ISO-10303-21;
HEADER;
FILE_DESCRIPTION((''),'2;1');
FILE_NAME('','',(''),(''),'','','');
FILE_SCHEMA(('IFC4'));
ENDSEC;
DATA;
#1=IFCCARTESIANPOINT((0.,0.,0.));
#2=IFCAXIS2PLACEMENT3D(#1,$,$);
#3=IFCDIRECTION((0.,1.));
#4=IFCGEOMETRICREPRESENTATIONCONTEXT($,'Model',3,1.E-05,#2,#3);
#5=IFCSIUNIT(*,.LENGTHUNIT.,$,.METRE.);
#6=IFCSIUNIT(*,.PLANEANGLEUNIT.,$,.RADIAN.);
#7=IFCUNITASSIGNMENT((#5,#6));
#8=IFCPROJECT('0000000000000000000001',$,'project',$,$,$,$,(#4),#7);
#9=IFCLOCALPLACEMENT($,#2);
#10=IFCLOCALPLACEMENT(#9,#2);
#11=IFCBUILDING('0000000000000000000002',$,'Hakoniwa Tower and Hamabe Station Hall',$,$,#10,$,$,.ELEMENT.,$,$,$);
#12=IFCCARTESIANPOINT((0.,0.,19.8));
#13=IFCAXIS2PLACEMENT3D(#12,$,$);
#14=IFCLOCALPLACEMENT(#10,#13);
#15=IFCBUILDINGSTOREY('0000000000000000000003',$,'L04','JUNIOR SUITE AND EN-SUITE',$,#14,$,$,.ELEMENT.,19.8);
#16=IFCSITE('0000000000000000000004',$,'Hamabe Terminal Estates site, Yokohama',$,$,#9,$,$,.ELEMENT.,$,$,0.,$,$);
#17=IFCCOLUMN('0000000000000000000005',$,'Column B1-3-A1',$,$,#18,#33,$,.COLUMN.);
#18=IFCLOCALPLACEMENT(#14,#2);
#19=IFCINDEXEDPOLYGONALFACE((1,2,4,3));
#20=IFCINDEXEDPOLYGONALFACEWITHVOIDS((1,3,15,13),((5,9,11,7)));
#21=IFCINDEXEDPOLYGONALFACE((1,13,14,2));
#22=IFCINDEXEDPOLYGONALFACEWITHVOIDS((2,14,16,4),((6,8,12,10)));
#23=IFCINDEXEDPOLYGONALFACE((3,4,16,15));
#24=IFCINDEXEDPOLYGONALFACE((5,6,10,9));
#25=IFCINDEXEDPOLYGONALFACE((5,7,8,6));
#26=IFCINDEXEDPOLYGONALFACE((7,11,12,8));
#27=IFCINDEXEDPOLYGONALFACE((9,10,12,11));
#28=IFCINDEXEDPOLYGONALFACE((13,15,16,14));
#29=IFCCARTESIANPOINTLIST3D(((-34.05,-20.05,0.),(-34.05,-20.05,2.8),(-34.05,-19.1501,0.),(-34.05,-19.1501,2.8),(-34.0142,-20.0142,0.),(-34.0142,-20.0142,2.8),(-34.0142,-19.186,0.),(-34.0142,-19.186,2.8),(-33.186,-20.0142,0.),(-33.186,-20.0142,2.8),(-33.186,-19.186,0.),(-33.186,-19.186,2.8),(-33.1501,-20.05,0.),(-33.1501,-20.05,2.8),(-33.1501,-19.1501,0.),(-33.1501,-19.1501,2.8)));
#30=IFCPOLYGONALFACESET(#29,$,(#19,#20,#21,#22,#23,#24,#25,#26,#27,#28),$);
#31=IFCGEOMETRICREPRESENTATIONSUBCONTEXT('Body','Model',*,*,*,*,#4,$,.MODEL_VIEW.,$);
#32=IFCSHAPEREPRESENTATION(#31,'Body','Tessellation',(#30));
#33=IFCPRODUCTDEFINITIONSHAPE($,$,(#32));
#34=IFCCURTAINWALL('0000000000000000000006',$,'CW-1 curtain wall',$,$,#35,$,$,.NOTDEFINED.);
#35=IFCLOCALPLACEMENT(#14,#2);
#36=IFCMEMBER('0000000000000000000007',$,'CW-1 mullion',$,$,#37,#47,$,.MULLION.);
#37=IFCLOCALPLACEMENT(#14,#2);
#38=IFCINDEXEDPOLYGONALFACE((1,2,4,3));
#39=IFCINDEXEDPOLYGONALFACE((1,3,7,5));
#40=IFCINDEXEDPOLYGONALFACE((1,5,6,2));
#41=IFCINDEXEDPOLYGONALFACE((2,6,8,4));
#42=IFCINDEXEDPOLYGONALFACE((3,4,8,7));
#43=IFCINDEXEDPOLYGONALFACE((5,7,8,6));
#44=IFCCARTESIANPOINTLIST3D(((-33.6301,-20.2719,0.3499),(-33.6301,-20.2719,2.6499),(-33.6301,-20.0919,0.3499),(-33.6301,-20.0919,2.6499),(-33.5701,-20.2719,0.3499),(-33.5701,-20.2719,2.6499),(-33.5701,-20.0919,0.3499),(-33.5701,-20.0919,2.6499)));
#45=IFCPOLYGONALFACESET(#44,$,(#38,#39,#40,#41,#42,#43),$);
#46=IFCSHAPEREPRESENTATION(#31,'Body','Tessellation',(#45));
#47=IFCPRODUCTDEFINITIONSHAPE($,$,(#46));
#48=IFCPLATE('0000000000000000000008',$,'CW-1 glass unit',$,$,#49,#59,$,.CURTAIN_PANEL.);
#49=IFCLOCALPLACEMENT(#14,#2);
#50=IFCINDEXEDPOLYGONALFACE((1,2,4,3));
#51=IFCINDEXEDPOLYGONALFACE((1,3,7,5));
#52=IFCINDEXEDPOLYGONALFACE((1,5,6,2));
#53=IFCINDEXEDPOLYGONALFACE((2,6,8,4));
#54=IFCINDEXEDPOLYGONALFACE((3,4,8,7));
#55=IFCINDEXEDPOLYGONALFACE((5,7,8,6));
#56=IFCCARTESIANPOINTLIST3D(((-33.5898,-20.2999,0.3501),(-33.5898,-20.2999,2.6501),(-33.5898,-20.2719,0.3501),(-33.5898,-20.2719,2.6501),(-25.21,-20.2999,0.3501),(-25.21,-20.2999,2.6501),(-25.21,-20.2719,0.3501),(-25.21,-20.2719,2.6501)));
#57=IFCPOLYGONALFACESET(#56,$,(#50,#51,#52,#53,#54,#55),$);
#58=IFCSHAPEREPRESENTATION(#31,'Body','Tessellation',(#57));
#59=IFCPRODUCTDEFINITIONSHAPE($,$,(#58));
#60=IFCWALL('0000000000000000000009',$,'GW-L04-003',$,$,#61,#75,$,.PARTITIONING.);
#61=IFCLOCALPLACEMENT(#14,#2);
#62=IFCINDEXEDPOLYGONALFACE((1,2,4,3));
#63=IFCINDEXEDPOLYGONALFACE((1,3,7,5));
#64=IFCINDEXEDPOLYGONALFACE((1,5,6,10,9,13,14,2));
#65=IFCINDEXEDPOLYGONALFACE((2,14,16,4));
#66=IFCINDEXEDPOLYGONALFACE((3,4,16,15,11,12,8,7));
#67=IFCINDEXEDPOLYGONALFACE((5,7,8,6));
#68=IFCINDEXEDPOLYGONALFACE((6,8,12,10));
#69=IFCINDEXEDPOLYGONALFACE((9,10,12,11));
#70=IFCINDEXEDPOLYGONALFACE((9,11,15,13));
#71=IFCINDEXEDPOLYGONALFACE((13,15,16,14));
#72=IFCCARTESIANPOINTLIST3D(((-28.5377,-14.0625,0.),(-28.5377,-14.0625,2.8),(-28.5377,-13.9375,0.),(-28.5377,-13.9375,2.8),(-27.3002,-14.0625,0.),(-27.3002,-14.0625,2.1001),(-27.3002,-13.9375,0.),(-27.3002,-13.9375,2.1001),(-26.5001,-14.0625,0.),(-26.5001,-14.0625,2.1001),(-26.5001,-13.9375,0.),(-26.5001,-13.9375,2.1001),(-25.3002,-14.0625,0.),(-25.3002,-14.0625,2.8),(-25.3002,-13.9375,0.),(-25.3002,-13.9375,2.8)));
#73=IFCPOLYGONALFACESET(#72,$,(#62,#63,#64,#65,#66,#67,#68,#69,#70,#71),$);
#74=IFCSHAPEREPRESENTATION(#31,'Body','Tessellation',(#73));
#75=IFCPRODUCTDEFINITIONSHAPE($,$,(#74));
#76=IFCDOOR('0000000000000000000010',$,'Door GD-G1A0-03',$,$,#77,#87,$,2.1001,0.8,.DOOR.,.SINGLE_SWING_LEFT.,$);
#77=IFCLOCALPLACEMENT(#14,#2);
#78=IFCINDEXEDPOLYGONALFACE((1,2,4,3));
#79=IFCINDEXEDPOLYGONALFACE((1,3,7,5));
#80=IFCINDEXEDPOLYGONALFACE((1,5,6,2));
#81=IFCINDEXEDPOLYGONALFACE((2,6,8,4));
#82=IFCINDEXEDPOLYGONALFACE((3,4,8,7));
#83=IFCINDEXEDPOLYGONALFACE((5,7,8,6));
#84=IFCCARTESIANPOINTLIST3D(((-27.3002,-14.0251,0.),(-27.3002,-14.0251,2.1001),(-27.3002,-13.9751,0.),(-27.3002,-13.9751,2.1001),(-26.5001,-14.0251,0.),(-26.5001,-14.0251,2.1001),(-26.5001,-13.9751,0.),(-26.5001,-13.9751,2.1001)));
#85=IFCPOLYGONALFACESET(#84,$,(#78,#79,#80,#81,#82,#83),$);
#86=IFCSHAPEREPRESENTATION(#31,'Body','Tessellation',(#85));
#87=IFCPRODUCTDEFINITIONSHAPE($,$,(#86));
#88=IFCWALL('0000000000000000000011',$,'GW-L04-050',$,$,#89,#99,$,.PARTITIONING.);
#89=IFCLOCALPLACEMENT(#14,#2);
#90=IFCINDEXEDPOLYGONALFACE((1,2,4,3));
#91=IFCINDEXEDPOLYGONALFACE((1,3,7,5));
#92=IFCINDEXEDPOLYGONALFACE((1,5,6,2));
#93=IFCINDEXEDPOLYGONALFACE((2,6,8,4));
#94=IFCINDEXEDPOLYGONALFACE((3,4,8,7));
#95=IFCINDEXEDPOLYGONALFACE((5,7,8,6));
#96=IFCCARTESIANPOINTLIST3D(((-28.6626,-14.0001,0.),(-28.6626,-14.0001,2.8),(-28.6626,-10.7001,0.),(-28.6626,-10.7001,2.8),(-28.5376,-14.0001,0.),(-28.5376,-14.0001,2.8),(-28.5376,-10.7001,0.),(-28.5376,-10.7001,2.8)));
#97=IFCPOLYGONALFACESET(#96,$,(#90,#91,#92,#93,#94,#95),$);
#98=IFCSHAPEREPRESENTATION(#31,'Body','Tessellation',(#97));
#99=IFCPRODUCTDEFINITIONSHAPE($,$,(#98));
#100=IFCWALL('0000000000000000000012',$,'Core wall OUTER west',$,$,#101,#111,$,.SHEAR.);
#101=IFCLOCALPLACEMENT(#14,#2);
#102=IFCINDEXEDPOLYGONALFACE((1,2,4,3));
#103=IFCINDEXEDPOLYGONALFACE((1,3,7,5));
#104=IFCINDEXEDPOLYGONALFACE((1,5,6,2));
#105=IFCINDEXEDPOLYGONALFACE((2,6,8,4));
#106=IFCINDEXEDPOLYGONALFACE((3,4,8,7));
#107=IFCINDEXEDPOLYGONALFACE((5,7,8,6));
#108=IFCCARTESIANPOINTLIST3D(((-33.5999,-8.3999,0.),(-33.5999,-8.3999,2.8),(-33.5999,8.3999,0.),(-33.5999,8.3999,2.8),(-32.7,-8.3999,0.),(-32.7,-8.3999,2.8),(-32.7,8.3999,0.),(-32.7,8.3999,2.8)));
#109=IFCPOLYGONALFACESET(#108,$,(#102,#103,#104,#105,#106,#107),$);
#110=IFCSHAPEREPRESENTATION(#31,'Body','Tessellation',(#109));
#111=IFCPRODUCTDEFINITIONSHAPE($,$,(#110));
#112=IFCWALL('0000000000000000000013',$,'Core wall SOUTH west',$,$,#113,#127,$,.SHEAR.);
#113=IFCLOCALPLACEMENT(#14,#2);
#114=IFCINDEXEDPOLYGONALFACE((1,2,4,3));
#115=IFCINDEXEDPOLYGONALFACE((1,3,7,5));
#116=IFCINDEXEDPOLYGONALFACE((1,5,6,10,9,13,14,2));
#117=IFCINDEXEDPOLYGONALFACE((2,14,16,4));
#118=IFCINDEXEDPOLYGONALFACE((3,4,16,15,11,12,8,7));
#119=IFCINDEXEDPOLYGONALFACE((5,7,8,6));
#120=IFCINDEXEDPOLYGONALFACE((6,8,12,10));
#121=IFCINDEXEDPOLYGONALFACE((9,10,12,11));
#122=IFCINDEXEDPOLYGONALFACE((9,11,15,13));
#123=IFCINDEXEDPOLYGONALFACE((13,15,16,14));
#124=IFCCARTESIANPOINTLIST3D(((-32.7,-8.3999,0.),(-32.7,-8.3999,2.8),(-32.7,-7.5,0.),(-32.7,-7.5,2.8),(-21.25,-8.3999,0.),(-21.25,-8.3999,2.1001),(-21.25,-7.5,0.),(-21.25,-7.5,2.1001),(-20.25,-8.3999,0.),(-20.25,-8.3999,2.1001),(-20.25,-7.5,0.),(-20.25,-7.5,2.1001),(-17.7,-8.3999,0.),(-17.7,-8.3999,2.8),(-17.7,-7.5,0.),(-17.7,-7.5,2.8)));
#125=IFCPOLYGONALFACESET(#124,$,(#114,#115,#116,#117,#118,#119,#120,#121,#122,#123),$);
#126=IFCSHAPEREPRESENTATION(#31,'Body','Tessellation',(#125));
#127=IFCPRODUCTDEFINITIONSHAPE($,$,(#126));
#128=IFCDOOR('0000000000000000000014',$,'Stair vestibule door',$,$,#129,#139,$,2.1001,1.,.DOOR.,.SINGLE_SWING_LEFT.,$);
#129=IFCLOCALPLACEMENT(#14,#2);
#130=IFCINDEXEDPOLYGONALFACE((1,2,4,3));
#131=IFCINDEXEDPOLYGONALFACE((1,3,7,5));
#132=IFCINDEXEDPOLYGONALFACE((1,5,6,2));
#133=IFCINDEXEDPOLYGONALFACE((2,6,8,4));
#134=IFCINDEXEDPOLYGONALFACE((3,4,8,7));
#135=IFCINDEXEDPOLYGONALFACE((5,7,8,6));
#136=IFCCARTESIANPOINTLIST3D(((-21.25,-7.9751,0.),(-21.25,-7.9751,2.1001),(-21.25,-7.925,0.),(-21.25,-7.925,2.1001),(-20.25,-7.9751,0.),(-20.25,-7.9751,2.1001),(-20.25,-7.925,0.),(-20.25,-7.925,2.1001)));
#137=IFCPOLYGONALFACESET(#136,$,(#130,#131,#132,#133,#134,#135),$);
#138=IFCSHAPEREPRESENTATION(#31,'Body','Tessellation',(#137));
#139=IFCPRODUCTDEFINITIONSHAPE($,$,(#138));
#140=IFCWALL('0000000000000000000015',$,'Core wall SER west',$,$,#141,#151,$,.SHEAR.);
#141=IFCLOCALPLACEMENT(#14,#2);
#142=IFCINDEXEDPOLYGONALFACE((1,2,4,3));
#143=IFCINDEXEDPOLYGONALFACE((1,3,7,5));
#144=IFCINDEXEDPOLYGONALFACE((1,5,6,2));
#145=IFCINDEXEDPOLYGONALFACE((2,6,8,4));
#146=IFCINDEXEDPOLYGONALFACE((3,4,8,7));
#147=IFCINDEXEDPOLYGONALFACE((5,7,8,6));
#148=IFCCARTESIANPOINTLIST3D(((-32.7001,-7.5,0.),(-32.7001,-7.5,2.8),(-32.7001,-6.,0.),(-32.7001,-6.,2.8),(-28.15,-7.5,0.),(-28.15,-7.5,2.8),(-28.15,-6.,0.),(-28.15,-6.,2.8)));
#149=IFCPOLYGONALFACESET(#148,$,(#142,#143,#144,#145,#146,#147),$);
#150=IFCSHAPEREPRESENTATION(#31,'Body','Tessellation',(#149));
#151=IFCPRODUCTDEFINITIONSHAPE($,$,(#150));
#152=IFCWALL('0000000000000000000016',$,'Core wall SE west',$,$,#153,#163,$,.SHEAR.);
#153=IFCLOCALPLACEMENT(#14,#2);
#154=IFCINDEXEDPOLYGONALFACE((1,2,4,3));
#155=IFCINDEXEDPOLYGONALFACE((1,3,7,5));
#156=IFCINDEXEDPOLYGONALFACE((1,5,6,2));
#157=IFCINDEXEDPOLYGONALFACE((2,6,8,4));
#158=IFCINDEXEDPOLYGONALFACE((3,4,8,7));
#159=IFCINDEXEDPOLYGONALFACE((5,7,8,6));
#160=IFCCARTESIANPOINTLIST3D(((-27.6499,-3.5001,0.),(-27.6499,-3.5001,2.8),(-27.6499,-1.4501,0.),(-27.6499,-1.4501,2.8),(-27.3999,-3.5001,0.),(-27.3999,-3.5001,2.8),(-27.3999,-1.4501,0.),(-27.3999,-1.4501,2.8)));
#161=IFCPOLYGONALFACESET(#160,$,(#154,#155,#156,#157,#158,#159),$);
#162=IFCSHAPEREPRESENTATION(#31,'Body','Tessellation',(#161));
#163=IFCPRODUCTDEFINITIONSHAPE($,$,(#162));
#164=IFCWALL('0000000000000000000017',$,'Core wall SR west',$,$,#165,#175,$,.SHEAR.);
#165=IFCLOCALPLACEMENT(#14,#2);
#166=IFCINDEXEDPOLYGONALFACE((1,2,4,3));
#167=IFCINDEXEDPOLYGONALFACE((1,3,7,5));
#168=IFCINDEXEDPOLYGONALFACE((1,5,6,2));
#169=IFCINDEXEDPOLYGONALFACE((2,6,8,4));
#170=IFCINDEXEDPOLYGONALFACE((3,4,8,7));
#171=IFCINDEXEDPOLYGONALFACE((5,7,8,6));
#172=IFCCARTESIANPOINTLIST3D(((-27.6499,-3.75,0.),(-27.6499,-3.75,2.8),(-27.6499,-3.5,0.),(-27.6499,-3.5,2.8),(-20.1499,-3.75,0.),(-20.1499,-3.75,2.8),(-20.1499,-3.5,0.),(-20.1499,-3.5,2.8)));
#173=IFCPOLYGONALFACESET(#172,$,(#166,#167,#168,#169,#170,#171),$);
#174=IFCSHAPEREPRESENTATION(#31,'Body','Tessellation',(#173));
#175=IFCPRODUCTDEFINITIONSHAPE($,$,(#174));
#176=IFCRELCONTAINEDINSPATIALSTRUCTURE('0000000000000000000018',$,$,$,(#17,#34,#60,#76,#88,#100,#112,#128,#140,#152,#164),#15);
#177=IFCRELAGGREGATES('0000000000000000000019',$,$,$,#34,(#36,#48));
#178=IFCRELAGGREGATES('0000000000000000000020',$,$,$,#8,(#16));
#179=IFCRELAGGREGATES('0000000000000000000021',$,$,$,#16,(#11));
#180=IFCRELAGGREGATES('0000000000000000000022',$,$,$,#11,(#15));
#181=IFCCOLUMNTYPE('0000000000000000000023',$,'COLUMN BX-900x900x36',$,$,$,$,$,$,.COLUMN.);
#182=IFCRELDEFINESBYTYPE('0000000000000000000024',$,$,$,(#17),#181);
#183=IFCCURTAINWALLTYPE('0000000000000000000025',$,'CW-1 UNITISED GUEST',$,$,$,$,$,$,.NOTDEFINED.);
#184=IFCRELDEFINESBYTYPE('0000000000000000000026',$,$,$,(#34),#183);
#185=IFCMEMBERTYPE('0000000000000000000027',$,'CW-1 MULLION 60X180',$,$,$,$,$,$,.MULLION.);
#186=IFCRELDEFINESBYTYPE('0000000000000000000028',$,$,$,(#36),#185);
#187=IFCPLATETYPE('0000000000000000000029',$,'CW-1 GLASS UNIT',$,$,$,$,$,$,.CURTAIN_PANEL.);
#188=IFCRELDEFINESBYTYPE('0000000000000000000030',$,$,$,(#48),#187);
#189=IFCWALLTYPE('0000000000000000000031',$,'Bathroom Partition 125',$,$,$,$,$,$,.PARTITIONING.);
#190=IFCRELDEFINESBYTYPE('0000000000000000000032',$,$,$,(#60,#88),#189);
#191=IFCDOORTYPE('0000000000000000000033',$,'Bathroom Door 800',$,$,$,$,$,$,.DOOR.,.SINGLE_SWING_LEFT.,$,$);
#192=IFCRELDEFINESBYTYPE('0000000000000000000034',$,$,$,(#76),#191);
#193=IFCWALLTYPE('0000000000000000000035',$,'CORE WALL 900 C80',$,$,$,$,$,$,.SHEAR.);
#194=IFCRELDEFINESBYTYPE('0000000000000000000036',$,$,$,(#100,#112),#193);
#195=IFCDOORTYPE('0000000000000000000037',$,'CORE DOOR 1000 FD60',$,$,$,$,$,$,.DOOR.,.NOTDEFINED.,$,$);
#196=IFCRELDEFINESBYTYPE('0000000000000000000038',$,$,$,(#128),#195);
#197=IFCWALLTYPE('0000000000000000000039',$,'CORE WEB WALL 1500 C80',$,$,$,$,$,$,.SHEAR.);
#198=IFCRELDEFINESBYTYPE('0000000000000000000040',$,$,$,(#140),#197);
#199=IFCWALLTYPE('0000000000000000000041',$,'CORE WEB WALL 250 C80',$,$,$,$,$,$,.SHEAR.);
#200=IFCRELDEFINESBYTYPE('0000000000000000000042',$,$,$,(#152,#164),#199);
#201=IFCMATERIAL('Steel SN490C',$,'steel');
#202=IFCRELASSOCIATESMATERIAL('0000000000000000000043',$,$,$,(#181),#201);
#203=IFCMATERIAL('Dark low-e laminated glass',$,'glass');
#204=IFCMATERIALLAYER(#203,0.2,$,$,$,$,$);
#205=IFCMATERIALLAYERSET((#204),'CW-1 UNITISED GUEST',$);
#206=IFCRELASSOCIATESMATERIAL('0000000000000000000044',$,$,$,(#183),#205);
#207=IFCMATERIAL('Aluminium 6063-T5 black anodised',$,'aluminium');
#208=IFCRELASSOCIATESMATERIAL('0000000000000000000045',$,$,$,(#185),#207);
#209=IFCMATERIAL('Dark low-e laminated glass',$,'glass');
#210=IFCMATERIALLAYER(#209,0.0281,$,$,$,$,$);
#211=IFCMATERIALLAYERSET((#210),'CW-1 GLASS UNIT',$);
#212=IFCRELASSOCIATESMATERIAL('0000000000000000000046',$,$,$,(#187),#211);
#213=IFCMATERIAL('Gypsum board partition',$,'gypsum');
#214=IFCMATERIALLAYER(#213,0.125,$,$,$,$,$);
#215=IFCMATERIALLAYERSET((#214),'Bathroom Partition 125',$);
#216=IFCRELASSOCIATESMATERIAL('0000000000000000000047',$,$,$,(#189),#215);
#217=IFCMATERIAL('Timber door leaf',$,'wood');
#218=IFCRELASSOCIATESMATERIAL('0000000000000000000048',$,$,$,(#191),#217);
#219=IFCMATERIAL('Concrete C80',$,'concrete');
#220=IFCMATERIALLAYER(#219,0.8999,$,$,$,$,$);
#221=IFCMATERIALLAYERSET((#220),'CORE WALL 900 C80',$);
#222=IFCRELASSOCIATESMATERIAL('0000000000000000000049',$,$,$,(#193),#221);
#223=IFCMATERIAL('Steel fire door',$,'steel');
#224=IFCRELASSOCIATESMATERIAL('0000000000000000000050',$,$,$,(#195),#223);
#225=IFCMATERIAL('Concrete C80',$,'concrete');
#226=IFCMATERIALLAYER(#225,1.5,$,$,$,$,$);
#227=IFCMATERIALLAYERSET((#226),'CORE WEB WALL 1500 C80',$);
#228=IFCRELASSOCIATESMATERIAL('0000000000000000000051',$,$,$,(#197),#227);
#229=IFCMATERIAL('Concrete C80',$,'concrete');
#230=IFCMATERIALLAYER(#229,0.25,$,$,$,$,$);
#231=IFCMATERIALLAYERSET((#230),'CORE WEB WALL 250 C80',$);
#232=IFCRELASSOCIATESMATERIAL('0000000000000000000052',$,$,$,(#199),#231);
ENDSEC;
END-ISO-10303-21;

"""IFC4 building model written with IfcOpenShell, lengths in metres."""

from ifc_helpers import new_model, si_unit, direction, frame, frame_2d, origin, origin_2d, place, context, subcontext, project, spatial, rectangle, hollow_rectangle, extrude, material, layer, layer_set, material_profile, profile_set, type_object, element, fill, aggregate, save


model = new_model("IFC4")

# Units and contexts
model_context = context("Model", 3, precision=1e-05, world=origin(), true_north=direction((0.0, 1.0)))
body_context = subcontext(model_context, "Body", "Model", "MODEL_VIEW")
ifc_project = project(units=[si_unit("LENGTHUNIT", "METRE"), si_unit("PLANEANGLEUNIT", "RADIAN")], contexts=[model_context])

# Site, building, storey
site_placement = place(None, origin())
site = spatial("IfcSite", under=ifc_project, at=site_placement, Name="Hamabe Terminal Estates site, Yokohama", CompositionType="ELEMENT", RefElevation=0.0)
building_placement = place(site_placement, origin())
building = spatial("IfcBuilding", under=site, at=building_placement, Name="Hakoniwa Tower and Hamabe Station Hall", CompositionType="ELEMENT")
storey_placement = place(building_placement, frame((0.0, 0.0, 19.8)))
storey = spatial("IfcBuildingStorey", under=building, at=storey_placement, Name="L04", Description="JUNIOR SUITE AND EN-SUITE", CompositionType="ELEMENT", Elevation=19.8)

# Column
ifc_material_1 = material(Name="Steel SN490C", Category="steel")
ifc_material_profile_1 = material_profile(ifc_material_1, hollow_rectangle(XDim=0.8999, YDim=0.8999, WallThickness=0.0359, at=origin_2d()), Name="BX-900x900x36")
ifc_profile_set_1 = profile_set([ifc_material_profile_1], Name="Steel SN490C")
column_type = type_object("IfcColumnType", Name="COLUMN BX-900x900x36", PredefinedType="COLUMN", material=ifc_profile_set_1)
column_placement = place(storey_placement, frame((-33.6001, -19.6001, 0.0), z_axis=(0.0, 0.0, 1.0), x_axis=(1.0, 0.0, 0.0)))
element("IfcColumn", 1, at=column_placement, inside=storey, type_object=column_type, Name="Column B1-3-A1", PredefinedType="COLUMN", context=body_context, shape_type="SweptSolid", body=[
    extrude(hollow_rectangle(XDim=0.8999, YDim=0.8999, WallThickness=0.0359, at=origin_2d()), origin(), (0.0, 0.0, 1.0), 2.8),
])

# Curtain wall, member, plate
ifc_material_2 = material(Name="Dark low-e laminated glass", Category="glass")
ifc_layer_1 = layer(ifc_material_2, 0.2)
ifc_layer_set_1 = layer_set([ifc_layer_1], Name="CW-1 UNITISED GUEST")
curtain_wall_type = type_object("IfcCurtainWallType", Name="CW-1 UNITISED GUEST", PredefinedType="NOTDEFINED", material=ifc_layer_set_1)
curtain_wall_placement = place(storey_placement, origin())
curtain_wall = element("IfcCurtainWall", 2, at=curtain_wall_placement, inside=storey, type_object=curtain_wall_type, Name="CW-1 curtain wall", PredefinedType="NOTDEFINED")
ifc_material_3 = material(Name="Aluminium 6063-T5 black anodised", Category="aluminium")
ifc_material_profile_2 = material_profile(ifc_material_3, rectangle(XDim=0.0601, YDim=0.1799, at=origin_2d()), Name="CW-1 MULLION 60X180")
ifc_profile_set_2 = profile_set([ifc_material_profile_2], Name="Aluminium 6063-T5 black anodised")
member_type = type_object("IfcMemberType", Name="CW-1 MULLION 60X180", PredefinedType="MULLION", material=ifc_profile_set_2)
member_placement = place(storey_placement, frame((-33.6001, -20.1819, 0.3499), z_axis=(0.0, 0.0, 1.0), x_axis=(1.0, 0.0, 0.0)))
member = element("IfcMember", 3, at=member_placement, type_object=member_type, Name="CW-1 mullion", PredefinedType="MULLION", context=body_context, shape_type="SweptSolid", body=[
    extrude(rectangle(XDim=0.0601, YDim=0.1799, at=origin_2d()), origin(), (0.0, 0.0, 1.0), 2.3),
])
ifc_material_4 = material(Name="Dark low-e laminated glass", Category="glass")
ifc_layer_2 = layer(ifc_material_4, 0.0281)
ifc_layer_set_2 = layer_set([ifc_layer_2], Name="CW-1 GLASS UNIT")
plate_type = type_object("IfcPlateType", Name="CW-1 GLASS UNIT", PredefinedType="CURTAIN_PANEL", material=ifc_layer_set_2)
plate_placement = place(storey_placement, frame((-29.3999, -20.2859, 0.3501), z_axis=(0.0, 0.0, 1.0), x_axis=(1.0, 0.0, 0.0)))
plate = element("IfcPlate", 4, at=plate_placement, type_object=plate_type, Name="CW-1 glass unit", PredefinedType="CURTAIN_PANEL", context=body_context, shape_type="SweptSolid", body=[
    extrude(rectangle(XDim=8.3799, YDim=0.0281, at=origin_2d()), origin(), (0.0, 0.0, 1.0), 2.3),
])
aggregate(curtain_wall, [member, plate])

# Wall, opening, door
ifc_material_5 = material(Name="Gypsum board partition", Category="gypsum")
ifc_layer_3 = layer(ifc_material_5, 0.125)
ifc_layer_set_3 = layer_set([ifc_layer_3], Name="Bathroom Partition 125")
wall_type_1 = type_object("IfcWallType", Name="Bathroom Partition 125", PredefinedType="PARTITIONING", material=ifc_layer_set_3)
wall_1_placement = place(storey_placement, frame((-28.5376, -14.0, 0.0), z_axis=(0.0, 0.0, 1.0), x_axis=(1.0, 0.0, 0.0)))
wall_1 = element("IfcWall", 5, at=wall_1_placement, inside=storey, type_object=wall_type_1, Name="GW-L04-003", PredefinedType="PARTITIONING", context=body_context, shape_type="SweptSolid", body=[
    extrude(rectangle(XDim=3.2375, YDim=0.125, at=frame_2d((1.6187, 0.0))), origin(), (0.0, 0.0, 1.0), 2.8),
])
opening_1_placement = place(wall_1_placement, frame((1.2375, 0.0, 0.0)))
opening_1 = element("IfcOpeningElement", 6, at=opening_1_placement, cuts=wall_1, PredefinedType="OPENING", context=body_context, shape_type="SweptSolid", body=[
    extrude(rectangle(XDim=0.8, YDim=2.1001, at=frame_2d((0.3999, 1.05))), frame((0.0, 0.0725, 0.0), z_axis=(0.0, -1.0, 0.0), x_axis=(1.0, 0.0, 0.0)), (0.0, 0.0, 1.0), 0.145),
])
ifc_material_6 = material(Name="Timber door leaf", Category="wood")
door_type_1 = type_object("IfcDoorType", Name="Bathroom Door 800", OperationType="SINGLE_SWING_LEFT", PredefinedType="DOOR", material=ifc_material_6)
door_1_placement = place(opening_1_placement, origin())
door_1 = element("IfcDoor", 7, at=door_1_placement, inside=storey, type_object=door_type_1, Name="Door GD-G1A0-03", OperationType="SINGLE_SWING_LEFT", OverallHeight=2.1001, OverallWidth=0.8, PredefinedType="DOOR", context=body_context, shape_type="SweptSolid", body=[
    extrude(rectangle(XDim=0.8, YDim=2.1001, at=frame_2d((0.3999, 1.05))), frame((0.0, 0.0249, 0.0), z_axis=(0.0, -1.0, 0.0), x_axis=(1.0, 0.0, 0.0)), (0.0, 0.0, 1.0), 0.05),
])
fill(opening_1, door_1)

# Walls
wall_2_placement = place(storey_placement, frame((-28.6001, -14.0, 0.0), z_axis=(0.0, 0.0, 1.0), x_axis=(0.0, 1.0, 0.0)))
element("IfcWall", 8, at=wall_2_placement, inside=storey, type_object=wall_type_1, Name="GW-L04-050", PredefinedType="PARTITIONING", context=body_context, shape_type="SweptSolid", body=[
    extrude(rectangle(XDim=3.3, YDim=0.125, at=frame_2d((1.6499, 0.0))), origin(), (0.0, 0.0, 1.0), 2.8),
])
ifc_material_7 = material(Name="Concrete C80", Category="concrete")
ifc_layer_4 = layer(ifc_material_7, 0.8999)
ifc_layer_set_4 = layer_set([ifc_layer_4], Name="CORE WALL 900 C80")
wall_type_2 = type_object("IfcWallType", Name="CORE WALL 900 C80", PredefinedType="SHEAR", material=ifc_layer_set_4)
wall_3_placement = place(storey_placement, frame((-33.1499, -8.3999, 0.0), z_axis=(0.0, 0.0, 1.0), x_axis=(0.0, 1.0, 0.0)))
element("IfcWall", 9, at=wall_3_placement, inside=storey, type_object=wall_type_2, Name="Core wall OUTER west", PredefinedType="SHEAR", context=body_context, shape_type="SweptSolid", body=[
    extrude(rectangle(XDim=16.7998, YDim=0.8999, at=frame_2d((8.3999, 0.0))), origin(), (0.0, 0.0, 1.0), 2.8),
])

# Wall, opening, door
wall_4_placement = place(storey_placement, frame((-32.7, -7.95, 0.0), z_axis=(0.0, 0.0, 1.0), x_axis=(1.0, 0.0, 0.0)))
wall_4 = element("IfcWall", 10, at=wall_4_placement, inside=storey, type_object=wall_type_2, Name="Core wall SOUTH west", PredefinedType="SHEAR", context=body_context, shape_type="SweptSolid", body=[
    extrude(rectangle(XDim=15.0, YDim=0.8999, at=frame_2d((7.5, 0.0))), origin(), (0.0, 0.0, 1.0), 2.8),
])
opening_2_placement = place(wall_4_placement, frame((11.45, 0.0, 0.0)))
opening_2 = element("IfcOpeningElement", 11, at=opening_2_placement, cuts=wall_4, PredefinedType="OPENING", context=body_context, shape_type="SweptSolid", body=[
    extrude(rectangle(XDim=1.0, YDim=2.1001, at=frame_2d((0.5, 1.05))), frame((0.0, 0.46, 0.0), z_axis=(0.0, -1.0, 0.0), x_axis=(1.0, 0.0, 0.0)), (0.0, 0.0, 1.0), 0.9199),
])
ifc_material_8 = material(Name="Steel fire door", Category="steel")
door_type_2 = type_object("IfcDoorType", Name="CORE DOOR 1000 FD60", OperationType="NOTDEFINED", PredefinedType="DOOR", material=ifc_material_8)
door_2_placement = place(opening_2_placement, origin())
door_2 = element("IfcDoor", 12, at=door_2_placement, inside=storey, type_object=door_type_2, Name="Stair vestibule door", OperationType="SINGLE_SWING_LEFT", OverallHeight=2.1001, OverallWidth=1.0, PredefinedType="DOOR", context=body_context, shape_type="SweptSolid", body=[
    extrude(rectangle(XDim=1.0, YDim=2.1001, at=frame_2d((0.5, 1.05))), frame((0.0, 0.0249, 0.0), z_axis=(0.0, -1.0, 0.0), x_axis=(1.0, 0.0, 0.0)), (0.0, 0.0, 1.0), 0.05),
])
fill(opening_2, door_2)

# Walls
ifc_material_9 = material(Name="Concrete C80", Category="concrete")
ifc_layer_5 = layer(ifc_material_9, 1.5)
ifc_layer_set_5 = layer_set([ifc_layer_5], Name="CORE WEB WALL 1500 C80")
wall_type_3 = type_object("IfcWallType", Name="CORE WEB WALL 1500 C80", PredefinedType="SHEAR", material=ifc_layer_set_5)
wall_5_placement = place(storey_placement, frame((-32.7, -6.75, 0.0), z_axis=(0.0, 0.0, 1.0), x_axis=(1.0, 0.0, 0.0)))
element("IfcWall", 13, at=wall_5_placement, inside=storey, type_object=wall_type_3, Name="Core wall SER west", PredefinedType="SHEAR", context=body_context, shape_type="SweptSolid", body=[
    extrude(rectangle(XDim=4.55, YDim=1.5, at=frame_2d((2.2749, 0.0))), origin(), (0.0, 0.0, 1.0), 2.8),
])
ifc_material_10 = material(Name="Concrete C80", Category="concrete")
ifc_layer_6 = layer(ifc_material_10, 0.25)
ifc_layer_set_6 = layer_set([ifc_layer_6], Name="CORE WEB WALL 250 C80")
wall_type_4 = type_object("IfcWallType", Name="CORE WEB WALL 250 C80", PredefinedType="SHEAR", material=ifc_layer_set_6)
wall_6_placement = place(storey_placement, frame((-27.5249, -3.5, 0.0), z_axis=(0.0, 0.0, 1.0), x_axis=(0.0, 1.0, 0.0)))
element("IfcWall", 14, at=wall_6_placement, inside=storey, type_object=wall_type_4, Name="Core wall SE west", PredefinedType="SHEAR", context=body_context, shape_type="SweptSolid", body=[
    extrude(rectangle(XDim=2.05, YDim=0.25, at=frame_2d((1.0249, 0.0))), origin(), (0.0, 0.0, 1.0), 2.8),
])
wall_7_placement = place(storey_placement, frame((-27.6499, -3.625, 0.0), z_axis=(0.0, 0.0, 1.0), x_axis=(1.0, 0.0, 0.0)))
element("IfcWall", 15, at=wall_7_placement, inside=storey, type_object=wall_type_4, Name="Core wall SR west", PredefinedType="SHEAR", context=body_context, shape_type="SweptSolid", body=[
    extrude(rectangle(XDim=7.5, YDim=0.25, at=frame_2d((3.75, 0.0))), origin(), (0.0, 0.0, 1.0), 2.8),
])

save(model, "model.ifc")
